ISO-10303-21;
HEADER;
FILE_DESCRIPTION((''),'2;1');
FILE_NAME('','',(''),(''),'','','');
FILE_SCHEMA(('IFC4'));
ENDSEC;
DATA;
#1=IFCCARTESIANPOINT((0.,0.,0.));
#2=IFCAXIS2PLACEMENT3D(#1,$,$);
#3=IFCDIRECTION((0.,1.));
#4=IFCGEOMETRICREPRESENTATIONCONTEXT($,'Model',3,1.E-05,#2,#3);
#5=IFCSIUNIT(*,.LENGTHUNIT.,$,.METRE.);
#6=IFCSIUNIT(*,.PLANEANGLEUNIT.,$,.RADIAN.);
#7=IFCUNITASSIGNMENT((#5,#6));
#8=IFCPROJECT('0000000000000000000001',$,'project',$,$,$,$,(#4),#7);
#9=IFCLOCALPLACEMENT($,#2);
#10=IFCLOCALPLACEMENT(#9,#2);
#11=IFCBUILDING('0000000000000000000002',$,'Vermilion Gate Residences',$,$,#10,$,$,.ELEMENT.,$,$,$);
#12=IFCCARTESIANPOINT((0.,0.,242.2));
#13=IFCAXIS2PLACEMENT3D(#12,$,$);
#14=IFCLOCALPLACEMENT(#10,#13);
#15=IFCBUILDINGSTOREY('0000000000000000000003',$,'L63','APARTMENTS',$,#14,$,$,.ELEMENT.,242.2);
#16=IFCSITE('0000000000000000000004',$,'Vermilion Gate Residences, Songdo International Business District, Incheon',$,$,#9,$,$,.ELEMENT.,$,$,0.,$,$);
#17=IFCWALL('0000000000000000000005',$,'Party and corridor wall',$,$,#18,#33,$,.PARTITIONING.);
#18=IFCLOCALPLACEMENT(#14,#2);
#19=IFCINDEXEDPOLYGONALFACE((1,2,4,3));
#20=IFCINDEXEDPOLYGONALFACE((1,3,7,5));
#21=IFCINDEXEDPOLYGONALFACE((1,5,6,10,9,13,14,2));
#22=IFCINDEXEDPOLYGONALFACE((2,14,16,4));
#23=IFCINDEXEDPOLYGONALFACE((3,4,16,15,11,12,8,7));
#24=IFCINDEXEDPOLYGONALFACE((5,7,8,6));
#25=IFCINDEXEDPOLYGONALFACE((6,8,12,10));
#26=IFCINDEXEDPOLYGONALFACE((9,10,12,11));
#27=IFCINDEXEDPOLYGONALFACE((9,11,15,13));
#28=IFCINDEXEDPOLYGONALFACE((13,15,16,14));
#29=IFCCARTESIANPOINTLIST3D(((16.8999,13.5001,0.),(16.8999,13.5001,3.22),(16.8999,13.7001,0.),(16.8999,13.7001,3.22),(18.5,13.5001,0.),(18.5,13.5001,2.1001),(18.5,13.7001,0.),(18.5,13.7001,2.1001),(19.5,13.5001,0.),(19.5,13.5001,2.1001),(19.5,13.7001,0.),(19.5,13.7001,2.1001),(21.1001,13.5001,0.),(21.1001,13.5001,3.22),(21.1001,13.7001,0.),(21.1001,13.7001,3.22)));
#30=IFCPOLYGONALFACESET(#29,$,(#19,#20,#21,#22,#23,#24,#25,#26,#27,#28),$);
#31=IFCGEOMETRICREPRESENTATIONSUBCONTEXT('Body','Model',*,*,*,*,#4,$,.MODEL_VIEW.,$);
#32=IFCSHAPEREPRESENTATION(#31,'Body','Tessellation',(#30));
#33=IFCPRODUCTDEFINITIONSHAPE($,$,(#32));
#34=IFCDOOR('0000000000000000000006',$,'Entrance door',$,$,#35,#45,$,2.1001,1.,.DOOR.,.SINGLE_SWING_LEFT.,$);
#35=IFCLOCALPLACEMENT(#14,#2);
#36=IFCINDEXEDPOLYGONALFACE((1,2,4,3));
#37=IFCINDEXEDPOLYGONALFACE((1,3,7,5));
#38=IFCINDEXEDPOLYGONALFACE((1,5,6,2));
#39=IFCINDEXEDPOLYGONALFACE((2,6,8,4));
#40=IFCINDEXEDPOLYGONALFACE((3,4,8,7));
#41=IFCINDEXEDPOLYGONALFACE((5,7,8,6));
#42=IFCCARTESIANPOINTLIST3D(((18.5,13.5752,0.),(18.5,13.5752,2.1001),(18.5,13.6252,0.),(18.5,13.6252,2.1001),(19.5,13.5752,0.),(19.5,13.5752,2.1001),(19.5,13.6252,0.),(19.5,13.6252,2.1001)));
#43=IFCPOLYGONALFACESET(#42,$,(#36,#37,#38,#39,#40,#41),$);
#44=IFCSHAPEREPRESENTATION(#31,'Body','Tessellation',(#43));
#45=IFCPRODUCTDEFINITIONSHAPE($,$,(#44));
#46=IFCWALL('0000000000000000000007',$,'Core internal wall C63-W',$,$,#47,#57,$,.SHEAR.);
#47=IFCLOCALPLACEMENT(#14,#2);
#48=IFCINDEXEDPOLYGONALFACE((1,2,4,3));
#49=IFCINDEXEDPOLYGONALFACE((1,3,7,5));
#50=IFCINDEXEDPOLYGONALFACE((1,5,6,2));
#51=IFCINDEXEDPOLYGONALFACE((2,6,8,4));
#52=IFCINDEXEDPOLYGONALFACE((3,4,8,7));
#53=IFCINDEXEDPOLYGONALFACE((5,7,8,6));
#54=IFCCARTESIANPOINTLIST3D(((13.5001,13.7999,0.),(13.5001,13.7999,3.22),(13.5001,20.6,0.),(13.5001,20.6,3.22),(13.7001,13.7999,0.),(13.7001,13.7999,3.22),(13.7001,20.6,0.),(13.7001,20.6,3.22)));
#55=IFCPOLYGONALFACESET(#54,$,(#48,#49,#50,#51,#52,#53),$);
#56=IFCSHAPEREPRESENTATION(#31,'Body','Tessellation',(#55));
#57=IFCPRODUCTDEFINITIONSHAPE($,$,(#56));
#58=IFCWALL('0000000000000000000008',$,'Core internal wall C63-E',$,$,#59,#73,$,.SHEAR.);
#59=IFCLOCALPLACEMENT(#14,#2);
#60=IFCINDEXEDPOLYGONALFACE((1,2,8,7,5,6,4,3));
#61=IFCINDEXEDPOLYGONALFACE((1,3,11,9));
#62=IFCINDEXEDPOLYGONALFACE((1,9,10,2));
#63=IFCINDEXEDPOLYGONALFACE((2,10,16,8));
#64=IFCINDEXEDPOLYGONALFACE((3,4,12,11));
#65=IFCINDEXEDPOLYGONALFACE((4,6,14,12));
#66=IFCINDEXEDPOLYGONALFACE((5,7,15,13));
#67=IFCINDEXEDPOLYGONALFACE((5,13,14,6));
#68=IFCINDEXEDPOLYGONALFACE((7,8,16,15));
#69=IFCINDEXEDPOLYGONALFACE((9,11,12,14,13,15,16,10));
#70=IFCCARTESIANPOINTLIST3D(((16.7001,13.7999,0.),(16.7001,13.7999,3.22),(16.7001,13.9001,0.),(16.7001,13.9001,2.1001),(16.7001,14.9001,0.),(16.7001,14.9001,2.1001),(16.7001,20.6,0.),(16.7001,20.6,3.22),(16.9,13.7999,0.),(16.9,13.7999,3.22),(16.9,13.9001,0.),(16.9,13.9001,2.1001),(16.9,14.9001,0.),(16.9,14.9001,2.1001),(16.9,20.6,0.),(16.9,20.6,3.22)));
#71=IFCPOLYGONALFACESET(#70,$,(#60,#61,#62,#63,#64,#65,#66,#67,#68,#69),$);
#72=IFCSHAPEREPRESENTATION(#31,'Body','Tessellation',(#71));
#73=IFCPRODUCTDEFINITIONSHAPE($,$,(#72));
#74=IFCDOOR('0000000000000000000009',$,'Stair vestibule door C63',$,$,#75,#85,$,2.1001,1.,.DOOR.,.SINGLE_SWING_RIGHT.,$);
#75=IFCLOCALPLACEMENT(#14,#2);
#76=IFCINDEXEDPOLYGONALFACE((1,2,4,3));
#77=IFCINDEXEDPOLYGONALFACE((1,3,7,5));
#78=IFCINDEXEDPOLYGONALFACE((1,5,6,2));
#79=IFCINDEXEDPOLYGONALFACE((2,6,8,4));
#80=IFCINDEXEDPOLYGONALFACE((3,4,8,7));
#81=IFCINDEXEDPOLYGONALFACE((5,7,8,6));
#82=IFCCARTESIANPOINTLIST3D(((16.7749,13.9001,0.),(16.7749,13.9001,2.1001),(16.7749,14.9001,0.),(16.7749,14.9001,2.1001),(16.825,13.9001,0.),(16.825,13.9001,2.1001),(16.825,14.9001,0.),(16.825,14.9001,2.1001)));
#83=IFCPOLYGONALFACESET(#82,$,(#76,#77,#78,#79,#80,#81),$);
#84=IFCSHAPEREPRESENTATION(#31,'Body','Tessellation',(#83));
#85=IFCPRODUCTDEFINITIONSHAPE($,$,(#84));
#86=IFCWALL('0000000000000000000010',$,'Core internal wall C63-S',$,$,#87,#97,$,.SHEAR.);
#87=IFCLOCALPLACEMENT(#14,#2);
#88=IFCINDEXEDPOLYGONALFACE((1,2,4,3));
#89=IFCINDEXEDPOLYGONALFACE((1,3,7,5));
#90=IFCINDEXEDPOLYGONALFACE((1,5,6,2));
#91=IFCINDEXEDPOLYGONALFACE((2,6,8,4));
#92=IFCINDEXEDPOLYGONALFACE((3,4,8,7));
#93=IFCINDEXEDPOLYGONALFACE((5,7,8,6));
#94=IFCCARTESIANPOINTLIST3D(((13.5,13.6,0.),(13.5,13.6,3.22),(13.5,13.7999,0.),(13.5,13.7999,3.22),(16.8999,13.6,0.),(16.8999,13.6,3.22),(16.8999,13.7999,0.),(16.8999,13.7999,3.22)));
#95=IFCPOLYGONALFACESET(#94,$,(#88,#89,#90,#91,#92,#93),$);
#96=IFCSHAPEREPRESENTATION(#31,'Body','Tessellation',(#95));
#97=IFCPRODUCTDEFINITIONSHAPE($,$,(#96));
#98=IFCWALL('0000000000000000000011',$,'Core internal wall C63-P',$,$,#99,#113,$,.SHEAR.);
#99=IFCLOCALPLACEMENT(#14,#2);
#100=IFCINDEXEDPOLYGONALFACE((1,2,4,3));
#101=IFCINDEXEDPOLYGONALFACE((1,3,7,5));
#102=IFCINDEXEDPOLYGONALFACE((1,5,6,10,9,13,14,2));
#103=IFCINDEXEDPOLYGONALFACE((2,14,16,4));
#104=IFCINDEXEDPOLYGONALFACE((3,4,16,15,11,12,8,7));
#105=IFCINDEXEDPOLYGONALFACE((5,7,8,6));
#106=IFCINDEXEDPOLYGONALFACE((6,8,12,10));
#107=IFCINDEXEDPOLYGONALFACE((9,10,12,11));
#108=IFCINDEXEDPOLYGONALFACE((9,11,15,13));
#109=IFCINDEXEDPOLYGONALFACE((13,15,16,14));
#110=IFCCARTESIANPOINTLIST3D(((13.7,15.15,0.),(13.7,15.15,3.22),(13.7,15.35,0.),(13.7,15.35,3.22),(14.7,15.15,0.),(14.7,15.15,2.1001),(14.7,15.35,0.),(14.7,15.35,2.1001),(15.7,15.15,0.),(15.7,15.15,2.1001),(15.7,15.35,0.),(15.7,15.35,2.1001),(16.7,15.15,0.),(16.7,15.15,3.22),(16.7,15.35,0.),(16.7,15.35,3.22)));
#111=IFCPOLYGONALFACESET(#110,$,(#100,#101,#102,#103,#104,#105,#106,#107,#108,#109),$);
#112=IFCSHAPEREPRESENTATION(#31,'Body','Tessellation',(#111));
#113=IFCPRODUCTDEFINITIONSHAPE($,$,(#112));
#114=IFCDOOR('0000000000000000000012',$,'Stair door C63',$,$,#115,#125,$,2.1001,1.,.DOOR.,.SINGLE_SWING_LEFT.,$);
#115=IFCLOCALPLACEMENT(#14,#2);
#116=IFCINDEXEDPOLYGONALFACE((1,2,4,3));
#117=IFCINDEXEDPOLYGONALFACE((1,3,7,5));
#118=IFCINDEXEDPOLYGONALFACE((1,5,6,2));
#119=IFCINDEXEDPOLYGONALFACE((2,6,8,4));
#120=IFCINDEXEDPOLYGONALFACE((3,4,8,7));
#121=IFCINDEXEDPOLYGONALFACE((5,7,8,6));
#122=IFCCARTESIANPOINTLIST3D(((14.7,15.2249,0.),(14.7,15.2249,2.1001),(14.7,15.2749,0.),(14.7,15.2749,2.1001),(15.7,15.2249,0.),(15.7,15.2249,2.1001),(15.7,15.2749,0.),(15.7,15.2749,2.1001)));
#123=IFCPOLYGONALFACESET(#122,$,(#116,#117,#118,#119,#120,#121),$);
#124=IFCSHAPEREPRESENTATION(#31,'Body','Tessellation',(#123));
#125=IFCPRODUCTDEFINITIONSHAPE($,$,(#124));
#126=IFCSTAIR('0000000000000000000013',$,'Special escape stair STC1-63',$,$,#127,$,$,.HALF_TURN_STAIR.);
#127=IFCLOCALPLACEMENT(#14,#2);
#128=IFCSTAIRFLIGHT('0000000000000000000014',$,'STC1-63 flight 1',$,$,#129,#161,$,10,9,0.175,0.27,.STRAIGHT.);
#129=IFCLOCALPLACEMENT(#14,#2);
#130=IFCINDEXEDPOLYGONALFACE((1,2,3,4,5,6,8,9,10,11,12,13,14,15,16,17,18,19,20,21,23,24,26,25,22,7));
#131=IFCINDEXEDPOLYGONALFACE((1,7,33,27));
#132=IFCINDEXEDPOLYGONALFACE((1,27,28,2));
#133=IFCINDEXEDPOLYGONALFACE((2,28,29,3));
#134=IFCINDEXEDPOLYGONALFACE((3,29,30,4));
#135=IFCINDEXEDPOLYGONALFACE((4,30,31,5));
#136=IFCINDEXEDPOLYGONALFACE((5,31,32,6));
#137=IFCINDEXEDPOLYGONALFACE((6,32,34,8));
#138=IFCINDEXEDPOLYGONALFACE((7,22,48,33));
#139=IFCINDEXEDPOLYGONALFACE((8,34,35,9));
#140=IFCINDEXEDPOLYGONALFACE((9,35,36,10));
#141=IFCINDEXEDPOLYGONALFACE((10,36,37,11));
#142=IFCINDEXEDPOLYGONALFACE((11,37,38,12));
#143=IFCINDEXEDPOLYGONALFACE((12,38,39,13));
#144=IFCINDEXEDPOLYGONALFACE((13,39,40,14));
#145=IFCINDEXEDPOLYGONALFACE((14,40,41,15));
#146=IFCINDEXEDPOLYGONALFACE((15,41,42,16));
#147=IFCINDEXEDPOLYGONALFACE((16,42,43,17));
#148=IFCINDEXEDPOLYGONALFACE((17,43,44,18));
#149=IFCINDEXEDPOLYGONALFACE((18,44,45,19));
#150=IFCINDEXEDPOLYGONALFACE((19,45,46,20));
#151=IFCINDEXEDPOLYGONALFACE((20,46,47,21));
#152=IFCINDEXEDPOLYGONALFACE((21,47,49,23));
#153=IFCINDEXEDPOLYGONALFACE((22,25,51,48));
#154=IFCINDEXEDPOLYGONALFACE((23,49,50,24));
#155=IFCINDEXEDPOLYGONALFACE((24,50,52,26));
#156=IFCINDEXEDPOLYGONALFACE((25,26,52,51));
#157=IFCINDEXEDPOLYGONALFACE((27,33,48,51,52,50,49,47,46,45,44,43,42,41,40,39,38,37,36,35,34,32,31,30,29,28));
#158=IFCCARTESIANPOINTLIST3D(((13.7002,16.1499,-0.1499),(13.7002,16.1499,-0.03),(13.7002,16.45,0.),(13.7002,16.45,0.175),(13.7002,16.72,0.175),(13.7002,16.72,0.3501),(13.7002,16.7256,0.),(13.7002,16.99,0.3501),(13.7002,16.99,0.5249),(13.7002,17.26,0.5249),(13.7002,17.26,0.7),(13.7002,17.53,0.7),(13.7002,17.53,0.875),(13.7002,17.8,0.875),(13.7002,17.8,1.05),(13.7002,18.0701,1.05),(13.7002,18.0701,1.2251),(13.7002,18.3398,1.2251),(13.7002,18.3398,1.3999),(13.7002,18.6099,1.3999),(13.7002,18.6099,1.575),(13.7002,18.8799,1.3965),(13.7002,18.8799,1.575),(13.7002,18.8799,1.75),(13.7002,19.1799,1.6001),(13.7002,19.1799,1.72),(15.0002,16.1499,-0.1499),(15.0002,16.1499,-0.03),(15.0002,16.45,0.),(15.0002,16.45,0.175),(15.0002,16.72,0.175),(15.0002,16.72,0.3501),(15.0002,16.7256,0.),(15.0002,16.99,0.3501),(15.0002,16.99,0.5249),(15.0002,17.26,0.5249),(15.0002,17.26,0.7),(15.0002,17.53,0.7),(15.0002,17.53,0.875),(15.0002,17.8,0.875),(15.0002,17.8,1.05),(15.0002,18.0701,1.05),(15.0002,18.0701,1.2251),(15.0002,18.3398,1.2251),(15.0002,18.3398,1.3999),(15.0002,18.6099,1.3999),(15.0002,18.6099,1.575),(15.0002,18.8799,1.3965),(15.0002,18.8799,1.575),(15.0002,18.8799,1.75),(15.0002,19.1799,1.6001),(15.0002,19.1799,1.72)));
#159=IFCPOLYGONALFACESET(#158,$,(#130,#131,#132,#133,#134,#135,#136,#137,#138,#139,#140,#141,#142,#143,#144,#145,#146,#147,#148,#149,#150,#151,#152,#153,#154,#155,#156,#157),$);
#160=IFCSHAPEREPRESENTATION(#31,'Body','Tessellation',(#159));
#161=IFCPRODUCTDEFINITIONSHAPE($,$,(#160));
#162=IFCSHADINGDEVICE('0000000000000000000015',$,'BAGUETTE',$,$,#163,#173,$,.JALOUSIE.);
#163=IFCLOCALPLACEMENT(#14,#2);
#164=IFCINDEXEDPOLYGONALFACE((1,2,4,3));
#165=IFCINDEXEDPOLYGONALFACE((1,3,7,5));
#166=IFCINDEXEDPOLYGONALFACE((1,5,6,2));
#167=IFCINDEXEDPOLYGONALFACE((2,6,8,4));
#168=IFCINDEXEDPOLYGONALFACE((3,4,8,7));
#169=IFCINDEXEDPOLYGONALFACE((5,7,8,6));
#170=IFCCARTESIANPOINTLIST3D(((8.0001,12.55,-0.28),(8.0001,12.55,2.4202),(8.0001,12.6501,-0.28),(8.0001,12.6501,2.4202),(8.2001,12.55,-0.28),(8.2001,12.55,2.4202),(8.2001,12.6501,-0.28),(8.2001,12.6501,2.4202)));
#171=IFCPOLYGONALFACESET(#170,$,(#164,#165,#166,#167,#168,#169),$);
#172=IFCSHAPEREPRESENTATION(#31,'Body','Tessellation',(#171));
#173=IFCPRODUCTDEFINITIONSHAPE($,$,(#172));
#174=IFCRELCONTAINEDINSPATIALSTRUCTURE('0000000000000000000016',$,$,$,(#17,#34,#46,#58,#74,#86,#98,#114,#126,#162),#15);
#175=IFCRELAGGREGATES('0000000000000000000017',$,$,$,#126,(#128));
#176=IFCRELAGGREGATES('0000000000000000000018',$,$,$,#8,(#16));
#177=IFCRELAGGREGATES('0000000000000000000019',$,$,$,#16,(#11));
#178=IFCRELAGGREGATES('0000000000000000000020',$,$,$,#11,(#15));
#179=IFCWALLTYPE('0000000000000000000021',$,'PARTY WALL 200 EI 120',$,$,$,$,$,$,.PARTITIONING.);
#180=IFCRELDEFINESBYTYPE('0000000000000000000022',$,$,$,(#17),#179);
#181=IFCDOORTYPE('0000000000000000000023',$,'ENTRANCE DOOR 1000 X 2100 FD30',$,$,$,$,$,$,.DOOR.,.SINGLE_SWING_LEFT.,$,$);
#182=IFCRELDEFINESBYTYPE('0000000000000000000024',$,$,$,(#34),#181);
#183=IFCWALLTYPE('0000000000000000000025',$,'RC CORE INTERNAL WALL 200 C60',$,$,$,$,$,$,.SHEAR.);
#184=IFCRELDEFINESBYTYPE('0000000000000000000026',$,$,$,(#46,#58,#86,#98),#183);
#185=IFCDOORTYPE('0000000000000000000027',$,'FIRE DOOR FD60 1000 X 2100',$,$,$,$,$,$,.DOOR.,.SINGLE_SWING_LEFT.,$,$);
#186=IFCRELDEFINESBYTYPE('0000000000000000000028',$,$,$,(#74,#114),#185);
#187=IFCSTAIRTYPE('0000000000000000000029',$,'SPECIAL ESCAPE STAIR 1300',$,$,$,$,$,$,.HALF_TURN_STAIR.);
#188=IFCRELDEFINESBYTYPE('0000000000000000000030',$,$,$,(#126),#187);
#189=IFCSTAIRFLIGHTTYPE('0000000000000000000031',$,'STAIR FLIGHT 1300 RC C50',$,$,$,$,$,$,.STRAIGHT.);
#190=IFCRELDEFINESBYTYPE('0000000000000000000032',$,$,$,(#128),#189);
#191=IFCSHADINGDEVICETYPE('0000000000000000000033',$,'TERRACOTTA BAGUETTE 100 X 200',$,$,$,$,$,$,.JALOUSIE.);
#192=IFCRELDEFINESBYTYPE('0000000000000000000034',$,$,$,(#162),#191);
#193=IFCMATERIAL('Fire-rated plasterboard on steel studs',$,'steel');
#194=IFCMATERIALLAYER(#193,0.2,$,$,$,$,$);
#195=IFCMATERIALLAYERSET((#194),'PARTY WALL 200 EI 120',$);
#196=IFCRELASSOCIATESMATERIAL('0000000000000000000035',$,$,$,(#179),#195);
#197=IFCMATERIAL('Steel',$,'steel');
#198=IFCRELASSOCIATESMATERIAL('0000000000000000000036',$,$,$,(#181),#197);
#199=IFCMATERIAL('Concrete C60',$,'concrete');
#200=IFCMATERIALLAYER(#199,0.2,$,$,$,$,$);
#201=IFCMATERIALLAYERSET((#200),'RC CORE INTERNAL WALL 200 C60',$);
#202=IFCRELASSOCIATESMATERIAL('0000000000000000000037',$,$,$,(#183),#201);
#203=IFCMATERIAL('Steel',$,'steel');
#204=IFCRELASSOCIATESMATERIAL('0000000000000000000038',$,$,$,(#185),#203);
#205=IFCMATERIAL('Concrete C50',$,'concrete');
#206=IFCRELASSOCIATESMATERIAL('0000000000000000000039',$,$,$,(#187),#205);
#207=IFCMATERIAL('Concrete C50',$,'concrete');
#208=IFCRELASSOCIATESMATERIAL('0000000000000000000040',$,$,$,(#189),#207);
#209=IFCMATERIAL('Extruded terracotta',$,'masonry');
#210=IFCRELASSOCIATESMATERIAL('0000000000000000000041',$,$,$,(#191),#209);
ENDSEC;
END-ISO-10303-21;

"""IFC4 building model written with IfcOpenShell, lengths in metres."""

from ifc_helpers import new_model, si_unit, direction, frame, frame_2d, origin, origin_2d, place, context, subcontext, project, spatial, polyline, rectangle, outline, extrude, material, layer, layer_set, material_profile, profile_set, type_object, element, fill, aggregate, save


model = new_model("IFC4")

# Units and contexts
model_context = context("Model", 3, precision=1e-05, world=origin(), true_north=direction((0.0, 1.0)))
body_context = subcontext(model_context, "Body", "Model", "MODEL_VIEW")
ifc_project = project(units=[si_unit("LENGTHUNIT", "METRE"), si_unit("PLANEANGLEUNIT", "RADIAN")], contexts=[model_context])

# Site, building, storey
site_placement = place(None, origin())
site = spatial("IfcSite", under=ifc_project, at=site_placement, Name="Vermilion Gate Residences, Songdo International Business District, Incheon", CompositionType="ELEMENT", RefElevation=0.0)
building_placement = place(site_placement, origin())
building = spatial("IfcBuilding", under=site, at=building_placement, Name="Vermilion Gate Residences", CompositionType="ELEMENT")
storey_placement = place(building_placement, frame((0.0, 0.0, 242.2)))
storey = spatial("IfcBuildingStorey", under=building, at=storey_placement, Name="L63", Description="APARTMENTS", CompositionType="ELEMENT", Elevation=242.2)

# Wall, opening, door
ifc_material_1 = material(Name="Fire-rated plasterboard on steel studs", Category="steel")
ifc_layer_1 = layer(ifc_material_1, 0.2)
ifc_layer_set_1 = layer_set([ifc_layer_1], Name="PARTY WALL 200 EI 120")
wall_type_1 = type_object("IfcWallType", Name="PARTY WALL 200 EI 120", PredefinedType="PARTITIONING", material=ifc_layer_set_1)
wall_1_placement = place(storey_placement, frame((16.8999, 13.6001, 0.0), z_axis=(0.0, 0.0, 1.0), x_axis=(1.0, 0.0, 0.0)))
wall_1 = element("IfcWall", 1, at=wall_1_placement, inside=storey, type_object=wall_type_1, Name="Party and corridor wall", PredefinedType="PARTITIONING", context=body_context, shape_type="SweptSolid", body=[
    extrude(rectangle(XDim=4.2002, YDim=0.2, at=frame_2d((2.1001, 0.0))), origin(), (0.0, 0.0, 1.0), 3.22),
])
opening_1_placement = place(wall_1_placement, frame((1.6001, 0.0, 0.0)))
opening_1 = element("IfcOpeningElement", 2, at=opening_1_placement, cuts=wall_1, PredefinedType="OPENING", context=body_context, shape_type="SweptSolid", body=[
    extrude(rectangle(XDim=1.0, YDim=2.1001, at=frame_2d((0.5, 1.05))), frame((0.0, 0.1099, 0.0), z_axis=(0.0, -1.0, 0.0), x_axis=(1.0, 0.0, 0.0)), (0.0, 0.0, 1.0), 0.22),
])
ifc_material_2 = material(Name="Steel", Category="steel")
door_type_1 = type_object("IfcDoorType", Name="ENTRANCE DOOR 1000 X 2100 FD30", OperationType="SINGLE_SWING_LEFT", PredefinedType="DOOR", material=ifc_material_2)
door_1_placement = place(opening_1_placement, frame((1.0, 0.0, 0.0), z_axis=(0.0, 0.0, 1.0), x_axis=(-1.0, 0.0, 0.0)))
door_1 = element("IfcDoor", 3, at=door_1_placement, inside=storey, type_object=door_type_1, Name="Entrance door", OperationType="SINGLE_SWING_LEFT", OverallHeight=2.1001, OverallWidth=1.0, PredefinedType="DOOR", context=body_context, shape_type="SweptSolid", body=[
    extrude(rectangle(XDim=1.0, YDim=2.1001, at=frame_2d((0.5, 1.05))), frame((0.0, 0.0249, 0.0), z_axis=(0.0, -1.0, 0.0), x_axis=(1.0, 0.0, 0.0)), (0.0, 0.0, 1.0), 0.05),
])
fill(opening_1, door_1)

# Wall
ifc_material_3 = material(Name="Concrete C60", Category="concrete")
ifc_layer_2 = layer(ifc_material_3, 0.2)
ifc_layer_set_2 = layer_set([ifc_layer_2], Name="RC CORE INTERNAL WALL 200 C60")
wall_type_2 = type_object("IfcWallType", Name="RC CORE INTERNAL WALL 200 C60", PredefinedType="SHEAR", material=ifc_layer_set_2)
wall_2_placement = place(storey_placement, frame((13.6001, 13.8, 0.0), z_axis=(0.0, 0.0, 1.0), x_axis=(0.0, 1.0, 0.0)))
element("IfcWall", 4, at=wall_2_placement, inside=storey, type_object=wall_type_2, Name="Core internal wall C63-W", PredefinedType="SHEAR", context=body_context, shape_type="SweptSolid", body=[
    extrude(rectangle(XDim=6.8, YDim=0.2, at=frame_2d((3.3999, 0.0))), origin(), (0.0, 0.0, 1.0), 3.22),
])

# Wall, opening, door
wall_3_placement = place(storey_placement, frame((16.8, 13.8, 0.0), z_axis=(0.0, 0.0, 1.0), x_axis=(0.0, 1.0, 0.0)))
wall_3 = element("IfcWall", 5, at=wall_3_placement, inside=storey, type_object=wall_type_2, Name="Core internal wall C63-E", PredefinedType="SHEAR", context=body_context, shape_type="SweptSolid", body=[
    extrude(rectangle(XDim=6.8, YDim=0.2, at=frame_2d((3.3999, 0.0))), origin(), (0.0, 0.0, 1.0), 3.22),
])
opening_2_placement = place(wall_3_placement, frame((0.1001, 0.0, 0.0)))
opening_2 = element("IfcOpeningElement", 6, at=opening_2_placement, cuts=wall_3, PredefinedType="OPENING", context=body_context, shape_type="SweptSolid", body=[
    extrude(rectangle(XDim=1.0, YDim=2.1001, at=frame_2d((0.5, 1.05))), frame((0.0, 0.1099, 0.0), z_axis=(0.0, -1.0, 0.0), x_axis=(1.0, 0.0, 0.0)), (0.0, 0.0, 1.0), 0.22),
])
ifc_material_4 = material(Name="Steel", Category="steel")
door_type_2 = type_object("IfcDoorType", Name="FIRE DOOR FD60 1000 X 2100", OperationType="SINGLE_SWING_LEFT", PredefinedType="DOOR", material=ifc_material_4)
door_2_placement = place(opening_2_placement, frame((1.0, 0.0, 0.0), z_axis=(0.0, 0.0, 1.0), x_axis=(-1.0, 0.0, 0.0)))
door_2 = element("IfcDoor", 7, at=door_2_placement, inside=storey, type_object=door_type_2, Name="Stair vestibule door C63", OperationType="SINGLE_SWING_RIGHT", OverallHeight=2.1001, OverallWidth=1.0, PredefinedType="DOOR", context=body_context, shape_type="SweptSolid", body=[
    extrude(rectangle(XDim=1.0, YDim=2.1001, at=frame_2d((0.5, 1.05))), frame((0.0, 0.0249, 0.0), z_axis=(0.0, -1.0, 0.0), x_axis=(1.0, 0.0, 0.0)), (0.0, 0.0, 1.0), 0.05),
])
fill(opening_2, door_2)

# Wall
wall_4_placement = place(storey_placement, frame((13.5, 13.7, 0.0), z_axis=(0.0, 0.0, 1.0), x_axis=(1.0, 0.0, 0.0)))
element("IfcWall", 8, at=wall_4_placement, inside=storey, type_object=wall_type_2, Name="Core internal wall C63-S", PredefinedType="SHEAR", context=body_context, shape_type="SweptSolid", body=[
    extrude(rectangle(XDim=3.3999, YDim=0.2, at=frame_2d((1.7, 0.0))), origin(), (0.0, 0.0, 1.0), 3.22),
])

# Wall, opening, door
wall_5_placement = place(storey_placement, frame((13.7, 15.25, 0.0), z_axis=(0.0, 0.0, 1.0), x_axis=(1.0, 0.0, 0.0)))
wall_5 = element("IfcWall", 9, at=wall_5_placement, inside=storey, type_object=wall_type_2, Name="Core internal wall C63-P", PredefinedType="SHEAR", context=body_context, shape_type="SweptSolid", body=[
    extrude(rectangle(XDim=3.0, YDim=0.2, at=frame_2d((1.5, 0.0))), origin(), (0.0, 0.0, 1.0), 3.22),
])
opening_3_placement = place(wall_5_placement, frame((1.0, 0.0, 0.0)))
opening_3 = element("IfcOpeningElement", 10, at=opening_3_placement, cuts=wall_5, PredefinedType="OPENING", context=body_context, shape_type="SweptSolid", body=[
    extrude(rectangle(XDim=1.0, YDim=2.1001, at=frame_2d((0.5, 1.05))), frame((0.0, 0.1099, 0.0), z_axis=(0.0, -1.0, 0.0), x_axis=(1.0, 0.0, 0.0)), (0.0, 0.0, 1.0), 0.22),
])
door_3_placement = place(opening_3_placement, origin())
door_3 = element("IfcDoor", 11, at=door_3_placement, inside=storey, type_object=door_type_2, Name="Stair door C63", OperationType="SINGLE_SWING_LEFT", OverallHeight=2.1001, OverallWidth=1.0, PredefinedType="DOOR", context=body_context, shape_type="SweptSolid", body=[
    extrude(rectangle(XDim=1.0, YDim=2.1001, at=frame_2d((0.5, 1.05))), frame((0.0, 0.0249, 0.0), z_axis=(0.0, -1.0, 0.0), x_axis=(1.0, 0.0, 0.0)), (0.0, 0.0, 1.0), 0.05),
])
fill(opening_3, door_3)

# Stair, stair flight
ifc_material_5 = material(Name="Concrete C50", Category="concrete")
stair_type = type_object("IfcStairType", Name="SPECIAL ESCAPE STAIR 1300", PredefinedType="HALF_TURN_STAIR", material=ifc_material_5)
stair_placement = place(storey_placement, origin())
stair = element("IfcStair", 12, at=stair_placement, inside=storey, type_object=stair_type, Name="Special escape stair STC1-63", PredefinedType="HALF_TURN_STAIR")
ifc_material_6 = material(Name="Concrete C50", Category="concrete")
stair_flight_type = type_object("IfcStairFlightType", Name="STAIR FLIGHT 1300 RC C50", PredefinedType="STRAIGHT", material=ifc_material_6)
stair_flight_placement = place(storey_placement, frame((14.3501, 16.45, 0.0), z_axis=(0.0, 0.0, 1.0), x_axis=(0.0, 1.0, 0.0)))
stair_flight = element("IfcStairFlight", 13, at=stair_flight_placement, type_object=stair_flight_type, Name="STC1-63 flight 1", NumberOfRisers=10, NumberOfTreads=9, PredefinedType="STRAIGHT", RiserHeight=0.175, TreadLength=0.27, context=body_context, shape_type="SweptSolid", body=[
    extrude(outline(polyline([(-0.3, -0.1499), (-0.3, -0.03), (0.0, 0.0), (0.0, 0.175), (0.27, 0.175), (0.27, 0.3501), (0.54, 0.3501), (0.54, 0.5249), (0.8101, 0.5249), (0.8101, 0.7), (1.0801, 0.7), (1.0801, 0.875), (1.3501, 0.875), (1.3501, 1.05), (1.6201, 1.05), (1.6201, 1.2251), (1.8899, 1.2251), (1.8899, 1.3999), (2.1599, 1.3999), (2.1599, 1.575), (2.4299, 1.575), (2.4299, 1.75), (2.73, 1.72), (2.73, 1.6001), (2.4299, 1.3965), (0.2756, 0.0), (-0.3, -0.1499)])), frame((0.0, 0.6499, 0.0), z_axis=(0.0, -1.0, 0.0), x_axis=(1.0, 0.0, 0.0)), (0.0, 0.0, 1.0), 1.3),
])
aggregate(stair, [stair_flight])

# Shading device
ifc_material_7 = material(Name="Extruded terracotta", Category="masonry")
ifc_material_profile_1 = material_profile(ifc_material_7, rectangle(XDim=0.2, YDim=0.1001, at=origin_2d()), Name="BAGUETTE 100 X 200")
ifc_profile_set_1 = profile_set([ifc_material_profile_1], Name="Extruded terracotta")
shading_device_type = type_object("IfcShadingDeviceType", Name="TERRACOTTA BAGUETTE 100 X 200", PredefinedType="JALOUSIE", material=ifc_profile_set_1)
shading_device_placement = place(storey_placement, frame((8.1001, 12.6001, -0.28), z_axis=(0.0, 0.0, 1.0), x_axis=(1.0, 0.0, 0.0)))
element("IfcShadingDevice", 14, at=shading_device_placement, inside=storey, type_object=shading_device_type, Name="BAGUETTE", PredefinedType="JALOUSIE", context=body_context, shape_type="SweptSolid", body=[
    extrude(rectangle(XDim=0.2, YDim=0.1001, at=origin_2d()), origin(), (0.0, 0.0, 1.0), 2.7002),
])

save(model, "model.ifc")
